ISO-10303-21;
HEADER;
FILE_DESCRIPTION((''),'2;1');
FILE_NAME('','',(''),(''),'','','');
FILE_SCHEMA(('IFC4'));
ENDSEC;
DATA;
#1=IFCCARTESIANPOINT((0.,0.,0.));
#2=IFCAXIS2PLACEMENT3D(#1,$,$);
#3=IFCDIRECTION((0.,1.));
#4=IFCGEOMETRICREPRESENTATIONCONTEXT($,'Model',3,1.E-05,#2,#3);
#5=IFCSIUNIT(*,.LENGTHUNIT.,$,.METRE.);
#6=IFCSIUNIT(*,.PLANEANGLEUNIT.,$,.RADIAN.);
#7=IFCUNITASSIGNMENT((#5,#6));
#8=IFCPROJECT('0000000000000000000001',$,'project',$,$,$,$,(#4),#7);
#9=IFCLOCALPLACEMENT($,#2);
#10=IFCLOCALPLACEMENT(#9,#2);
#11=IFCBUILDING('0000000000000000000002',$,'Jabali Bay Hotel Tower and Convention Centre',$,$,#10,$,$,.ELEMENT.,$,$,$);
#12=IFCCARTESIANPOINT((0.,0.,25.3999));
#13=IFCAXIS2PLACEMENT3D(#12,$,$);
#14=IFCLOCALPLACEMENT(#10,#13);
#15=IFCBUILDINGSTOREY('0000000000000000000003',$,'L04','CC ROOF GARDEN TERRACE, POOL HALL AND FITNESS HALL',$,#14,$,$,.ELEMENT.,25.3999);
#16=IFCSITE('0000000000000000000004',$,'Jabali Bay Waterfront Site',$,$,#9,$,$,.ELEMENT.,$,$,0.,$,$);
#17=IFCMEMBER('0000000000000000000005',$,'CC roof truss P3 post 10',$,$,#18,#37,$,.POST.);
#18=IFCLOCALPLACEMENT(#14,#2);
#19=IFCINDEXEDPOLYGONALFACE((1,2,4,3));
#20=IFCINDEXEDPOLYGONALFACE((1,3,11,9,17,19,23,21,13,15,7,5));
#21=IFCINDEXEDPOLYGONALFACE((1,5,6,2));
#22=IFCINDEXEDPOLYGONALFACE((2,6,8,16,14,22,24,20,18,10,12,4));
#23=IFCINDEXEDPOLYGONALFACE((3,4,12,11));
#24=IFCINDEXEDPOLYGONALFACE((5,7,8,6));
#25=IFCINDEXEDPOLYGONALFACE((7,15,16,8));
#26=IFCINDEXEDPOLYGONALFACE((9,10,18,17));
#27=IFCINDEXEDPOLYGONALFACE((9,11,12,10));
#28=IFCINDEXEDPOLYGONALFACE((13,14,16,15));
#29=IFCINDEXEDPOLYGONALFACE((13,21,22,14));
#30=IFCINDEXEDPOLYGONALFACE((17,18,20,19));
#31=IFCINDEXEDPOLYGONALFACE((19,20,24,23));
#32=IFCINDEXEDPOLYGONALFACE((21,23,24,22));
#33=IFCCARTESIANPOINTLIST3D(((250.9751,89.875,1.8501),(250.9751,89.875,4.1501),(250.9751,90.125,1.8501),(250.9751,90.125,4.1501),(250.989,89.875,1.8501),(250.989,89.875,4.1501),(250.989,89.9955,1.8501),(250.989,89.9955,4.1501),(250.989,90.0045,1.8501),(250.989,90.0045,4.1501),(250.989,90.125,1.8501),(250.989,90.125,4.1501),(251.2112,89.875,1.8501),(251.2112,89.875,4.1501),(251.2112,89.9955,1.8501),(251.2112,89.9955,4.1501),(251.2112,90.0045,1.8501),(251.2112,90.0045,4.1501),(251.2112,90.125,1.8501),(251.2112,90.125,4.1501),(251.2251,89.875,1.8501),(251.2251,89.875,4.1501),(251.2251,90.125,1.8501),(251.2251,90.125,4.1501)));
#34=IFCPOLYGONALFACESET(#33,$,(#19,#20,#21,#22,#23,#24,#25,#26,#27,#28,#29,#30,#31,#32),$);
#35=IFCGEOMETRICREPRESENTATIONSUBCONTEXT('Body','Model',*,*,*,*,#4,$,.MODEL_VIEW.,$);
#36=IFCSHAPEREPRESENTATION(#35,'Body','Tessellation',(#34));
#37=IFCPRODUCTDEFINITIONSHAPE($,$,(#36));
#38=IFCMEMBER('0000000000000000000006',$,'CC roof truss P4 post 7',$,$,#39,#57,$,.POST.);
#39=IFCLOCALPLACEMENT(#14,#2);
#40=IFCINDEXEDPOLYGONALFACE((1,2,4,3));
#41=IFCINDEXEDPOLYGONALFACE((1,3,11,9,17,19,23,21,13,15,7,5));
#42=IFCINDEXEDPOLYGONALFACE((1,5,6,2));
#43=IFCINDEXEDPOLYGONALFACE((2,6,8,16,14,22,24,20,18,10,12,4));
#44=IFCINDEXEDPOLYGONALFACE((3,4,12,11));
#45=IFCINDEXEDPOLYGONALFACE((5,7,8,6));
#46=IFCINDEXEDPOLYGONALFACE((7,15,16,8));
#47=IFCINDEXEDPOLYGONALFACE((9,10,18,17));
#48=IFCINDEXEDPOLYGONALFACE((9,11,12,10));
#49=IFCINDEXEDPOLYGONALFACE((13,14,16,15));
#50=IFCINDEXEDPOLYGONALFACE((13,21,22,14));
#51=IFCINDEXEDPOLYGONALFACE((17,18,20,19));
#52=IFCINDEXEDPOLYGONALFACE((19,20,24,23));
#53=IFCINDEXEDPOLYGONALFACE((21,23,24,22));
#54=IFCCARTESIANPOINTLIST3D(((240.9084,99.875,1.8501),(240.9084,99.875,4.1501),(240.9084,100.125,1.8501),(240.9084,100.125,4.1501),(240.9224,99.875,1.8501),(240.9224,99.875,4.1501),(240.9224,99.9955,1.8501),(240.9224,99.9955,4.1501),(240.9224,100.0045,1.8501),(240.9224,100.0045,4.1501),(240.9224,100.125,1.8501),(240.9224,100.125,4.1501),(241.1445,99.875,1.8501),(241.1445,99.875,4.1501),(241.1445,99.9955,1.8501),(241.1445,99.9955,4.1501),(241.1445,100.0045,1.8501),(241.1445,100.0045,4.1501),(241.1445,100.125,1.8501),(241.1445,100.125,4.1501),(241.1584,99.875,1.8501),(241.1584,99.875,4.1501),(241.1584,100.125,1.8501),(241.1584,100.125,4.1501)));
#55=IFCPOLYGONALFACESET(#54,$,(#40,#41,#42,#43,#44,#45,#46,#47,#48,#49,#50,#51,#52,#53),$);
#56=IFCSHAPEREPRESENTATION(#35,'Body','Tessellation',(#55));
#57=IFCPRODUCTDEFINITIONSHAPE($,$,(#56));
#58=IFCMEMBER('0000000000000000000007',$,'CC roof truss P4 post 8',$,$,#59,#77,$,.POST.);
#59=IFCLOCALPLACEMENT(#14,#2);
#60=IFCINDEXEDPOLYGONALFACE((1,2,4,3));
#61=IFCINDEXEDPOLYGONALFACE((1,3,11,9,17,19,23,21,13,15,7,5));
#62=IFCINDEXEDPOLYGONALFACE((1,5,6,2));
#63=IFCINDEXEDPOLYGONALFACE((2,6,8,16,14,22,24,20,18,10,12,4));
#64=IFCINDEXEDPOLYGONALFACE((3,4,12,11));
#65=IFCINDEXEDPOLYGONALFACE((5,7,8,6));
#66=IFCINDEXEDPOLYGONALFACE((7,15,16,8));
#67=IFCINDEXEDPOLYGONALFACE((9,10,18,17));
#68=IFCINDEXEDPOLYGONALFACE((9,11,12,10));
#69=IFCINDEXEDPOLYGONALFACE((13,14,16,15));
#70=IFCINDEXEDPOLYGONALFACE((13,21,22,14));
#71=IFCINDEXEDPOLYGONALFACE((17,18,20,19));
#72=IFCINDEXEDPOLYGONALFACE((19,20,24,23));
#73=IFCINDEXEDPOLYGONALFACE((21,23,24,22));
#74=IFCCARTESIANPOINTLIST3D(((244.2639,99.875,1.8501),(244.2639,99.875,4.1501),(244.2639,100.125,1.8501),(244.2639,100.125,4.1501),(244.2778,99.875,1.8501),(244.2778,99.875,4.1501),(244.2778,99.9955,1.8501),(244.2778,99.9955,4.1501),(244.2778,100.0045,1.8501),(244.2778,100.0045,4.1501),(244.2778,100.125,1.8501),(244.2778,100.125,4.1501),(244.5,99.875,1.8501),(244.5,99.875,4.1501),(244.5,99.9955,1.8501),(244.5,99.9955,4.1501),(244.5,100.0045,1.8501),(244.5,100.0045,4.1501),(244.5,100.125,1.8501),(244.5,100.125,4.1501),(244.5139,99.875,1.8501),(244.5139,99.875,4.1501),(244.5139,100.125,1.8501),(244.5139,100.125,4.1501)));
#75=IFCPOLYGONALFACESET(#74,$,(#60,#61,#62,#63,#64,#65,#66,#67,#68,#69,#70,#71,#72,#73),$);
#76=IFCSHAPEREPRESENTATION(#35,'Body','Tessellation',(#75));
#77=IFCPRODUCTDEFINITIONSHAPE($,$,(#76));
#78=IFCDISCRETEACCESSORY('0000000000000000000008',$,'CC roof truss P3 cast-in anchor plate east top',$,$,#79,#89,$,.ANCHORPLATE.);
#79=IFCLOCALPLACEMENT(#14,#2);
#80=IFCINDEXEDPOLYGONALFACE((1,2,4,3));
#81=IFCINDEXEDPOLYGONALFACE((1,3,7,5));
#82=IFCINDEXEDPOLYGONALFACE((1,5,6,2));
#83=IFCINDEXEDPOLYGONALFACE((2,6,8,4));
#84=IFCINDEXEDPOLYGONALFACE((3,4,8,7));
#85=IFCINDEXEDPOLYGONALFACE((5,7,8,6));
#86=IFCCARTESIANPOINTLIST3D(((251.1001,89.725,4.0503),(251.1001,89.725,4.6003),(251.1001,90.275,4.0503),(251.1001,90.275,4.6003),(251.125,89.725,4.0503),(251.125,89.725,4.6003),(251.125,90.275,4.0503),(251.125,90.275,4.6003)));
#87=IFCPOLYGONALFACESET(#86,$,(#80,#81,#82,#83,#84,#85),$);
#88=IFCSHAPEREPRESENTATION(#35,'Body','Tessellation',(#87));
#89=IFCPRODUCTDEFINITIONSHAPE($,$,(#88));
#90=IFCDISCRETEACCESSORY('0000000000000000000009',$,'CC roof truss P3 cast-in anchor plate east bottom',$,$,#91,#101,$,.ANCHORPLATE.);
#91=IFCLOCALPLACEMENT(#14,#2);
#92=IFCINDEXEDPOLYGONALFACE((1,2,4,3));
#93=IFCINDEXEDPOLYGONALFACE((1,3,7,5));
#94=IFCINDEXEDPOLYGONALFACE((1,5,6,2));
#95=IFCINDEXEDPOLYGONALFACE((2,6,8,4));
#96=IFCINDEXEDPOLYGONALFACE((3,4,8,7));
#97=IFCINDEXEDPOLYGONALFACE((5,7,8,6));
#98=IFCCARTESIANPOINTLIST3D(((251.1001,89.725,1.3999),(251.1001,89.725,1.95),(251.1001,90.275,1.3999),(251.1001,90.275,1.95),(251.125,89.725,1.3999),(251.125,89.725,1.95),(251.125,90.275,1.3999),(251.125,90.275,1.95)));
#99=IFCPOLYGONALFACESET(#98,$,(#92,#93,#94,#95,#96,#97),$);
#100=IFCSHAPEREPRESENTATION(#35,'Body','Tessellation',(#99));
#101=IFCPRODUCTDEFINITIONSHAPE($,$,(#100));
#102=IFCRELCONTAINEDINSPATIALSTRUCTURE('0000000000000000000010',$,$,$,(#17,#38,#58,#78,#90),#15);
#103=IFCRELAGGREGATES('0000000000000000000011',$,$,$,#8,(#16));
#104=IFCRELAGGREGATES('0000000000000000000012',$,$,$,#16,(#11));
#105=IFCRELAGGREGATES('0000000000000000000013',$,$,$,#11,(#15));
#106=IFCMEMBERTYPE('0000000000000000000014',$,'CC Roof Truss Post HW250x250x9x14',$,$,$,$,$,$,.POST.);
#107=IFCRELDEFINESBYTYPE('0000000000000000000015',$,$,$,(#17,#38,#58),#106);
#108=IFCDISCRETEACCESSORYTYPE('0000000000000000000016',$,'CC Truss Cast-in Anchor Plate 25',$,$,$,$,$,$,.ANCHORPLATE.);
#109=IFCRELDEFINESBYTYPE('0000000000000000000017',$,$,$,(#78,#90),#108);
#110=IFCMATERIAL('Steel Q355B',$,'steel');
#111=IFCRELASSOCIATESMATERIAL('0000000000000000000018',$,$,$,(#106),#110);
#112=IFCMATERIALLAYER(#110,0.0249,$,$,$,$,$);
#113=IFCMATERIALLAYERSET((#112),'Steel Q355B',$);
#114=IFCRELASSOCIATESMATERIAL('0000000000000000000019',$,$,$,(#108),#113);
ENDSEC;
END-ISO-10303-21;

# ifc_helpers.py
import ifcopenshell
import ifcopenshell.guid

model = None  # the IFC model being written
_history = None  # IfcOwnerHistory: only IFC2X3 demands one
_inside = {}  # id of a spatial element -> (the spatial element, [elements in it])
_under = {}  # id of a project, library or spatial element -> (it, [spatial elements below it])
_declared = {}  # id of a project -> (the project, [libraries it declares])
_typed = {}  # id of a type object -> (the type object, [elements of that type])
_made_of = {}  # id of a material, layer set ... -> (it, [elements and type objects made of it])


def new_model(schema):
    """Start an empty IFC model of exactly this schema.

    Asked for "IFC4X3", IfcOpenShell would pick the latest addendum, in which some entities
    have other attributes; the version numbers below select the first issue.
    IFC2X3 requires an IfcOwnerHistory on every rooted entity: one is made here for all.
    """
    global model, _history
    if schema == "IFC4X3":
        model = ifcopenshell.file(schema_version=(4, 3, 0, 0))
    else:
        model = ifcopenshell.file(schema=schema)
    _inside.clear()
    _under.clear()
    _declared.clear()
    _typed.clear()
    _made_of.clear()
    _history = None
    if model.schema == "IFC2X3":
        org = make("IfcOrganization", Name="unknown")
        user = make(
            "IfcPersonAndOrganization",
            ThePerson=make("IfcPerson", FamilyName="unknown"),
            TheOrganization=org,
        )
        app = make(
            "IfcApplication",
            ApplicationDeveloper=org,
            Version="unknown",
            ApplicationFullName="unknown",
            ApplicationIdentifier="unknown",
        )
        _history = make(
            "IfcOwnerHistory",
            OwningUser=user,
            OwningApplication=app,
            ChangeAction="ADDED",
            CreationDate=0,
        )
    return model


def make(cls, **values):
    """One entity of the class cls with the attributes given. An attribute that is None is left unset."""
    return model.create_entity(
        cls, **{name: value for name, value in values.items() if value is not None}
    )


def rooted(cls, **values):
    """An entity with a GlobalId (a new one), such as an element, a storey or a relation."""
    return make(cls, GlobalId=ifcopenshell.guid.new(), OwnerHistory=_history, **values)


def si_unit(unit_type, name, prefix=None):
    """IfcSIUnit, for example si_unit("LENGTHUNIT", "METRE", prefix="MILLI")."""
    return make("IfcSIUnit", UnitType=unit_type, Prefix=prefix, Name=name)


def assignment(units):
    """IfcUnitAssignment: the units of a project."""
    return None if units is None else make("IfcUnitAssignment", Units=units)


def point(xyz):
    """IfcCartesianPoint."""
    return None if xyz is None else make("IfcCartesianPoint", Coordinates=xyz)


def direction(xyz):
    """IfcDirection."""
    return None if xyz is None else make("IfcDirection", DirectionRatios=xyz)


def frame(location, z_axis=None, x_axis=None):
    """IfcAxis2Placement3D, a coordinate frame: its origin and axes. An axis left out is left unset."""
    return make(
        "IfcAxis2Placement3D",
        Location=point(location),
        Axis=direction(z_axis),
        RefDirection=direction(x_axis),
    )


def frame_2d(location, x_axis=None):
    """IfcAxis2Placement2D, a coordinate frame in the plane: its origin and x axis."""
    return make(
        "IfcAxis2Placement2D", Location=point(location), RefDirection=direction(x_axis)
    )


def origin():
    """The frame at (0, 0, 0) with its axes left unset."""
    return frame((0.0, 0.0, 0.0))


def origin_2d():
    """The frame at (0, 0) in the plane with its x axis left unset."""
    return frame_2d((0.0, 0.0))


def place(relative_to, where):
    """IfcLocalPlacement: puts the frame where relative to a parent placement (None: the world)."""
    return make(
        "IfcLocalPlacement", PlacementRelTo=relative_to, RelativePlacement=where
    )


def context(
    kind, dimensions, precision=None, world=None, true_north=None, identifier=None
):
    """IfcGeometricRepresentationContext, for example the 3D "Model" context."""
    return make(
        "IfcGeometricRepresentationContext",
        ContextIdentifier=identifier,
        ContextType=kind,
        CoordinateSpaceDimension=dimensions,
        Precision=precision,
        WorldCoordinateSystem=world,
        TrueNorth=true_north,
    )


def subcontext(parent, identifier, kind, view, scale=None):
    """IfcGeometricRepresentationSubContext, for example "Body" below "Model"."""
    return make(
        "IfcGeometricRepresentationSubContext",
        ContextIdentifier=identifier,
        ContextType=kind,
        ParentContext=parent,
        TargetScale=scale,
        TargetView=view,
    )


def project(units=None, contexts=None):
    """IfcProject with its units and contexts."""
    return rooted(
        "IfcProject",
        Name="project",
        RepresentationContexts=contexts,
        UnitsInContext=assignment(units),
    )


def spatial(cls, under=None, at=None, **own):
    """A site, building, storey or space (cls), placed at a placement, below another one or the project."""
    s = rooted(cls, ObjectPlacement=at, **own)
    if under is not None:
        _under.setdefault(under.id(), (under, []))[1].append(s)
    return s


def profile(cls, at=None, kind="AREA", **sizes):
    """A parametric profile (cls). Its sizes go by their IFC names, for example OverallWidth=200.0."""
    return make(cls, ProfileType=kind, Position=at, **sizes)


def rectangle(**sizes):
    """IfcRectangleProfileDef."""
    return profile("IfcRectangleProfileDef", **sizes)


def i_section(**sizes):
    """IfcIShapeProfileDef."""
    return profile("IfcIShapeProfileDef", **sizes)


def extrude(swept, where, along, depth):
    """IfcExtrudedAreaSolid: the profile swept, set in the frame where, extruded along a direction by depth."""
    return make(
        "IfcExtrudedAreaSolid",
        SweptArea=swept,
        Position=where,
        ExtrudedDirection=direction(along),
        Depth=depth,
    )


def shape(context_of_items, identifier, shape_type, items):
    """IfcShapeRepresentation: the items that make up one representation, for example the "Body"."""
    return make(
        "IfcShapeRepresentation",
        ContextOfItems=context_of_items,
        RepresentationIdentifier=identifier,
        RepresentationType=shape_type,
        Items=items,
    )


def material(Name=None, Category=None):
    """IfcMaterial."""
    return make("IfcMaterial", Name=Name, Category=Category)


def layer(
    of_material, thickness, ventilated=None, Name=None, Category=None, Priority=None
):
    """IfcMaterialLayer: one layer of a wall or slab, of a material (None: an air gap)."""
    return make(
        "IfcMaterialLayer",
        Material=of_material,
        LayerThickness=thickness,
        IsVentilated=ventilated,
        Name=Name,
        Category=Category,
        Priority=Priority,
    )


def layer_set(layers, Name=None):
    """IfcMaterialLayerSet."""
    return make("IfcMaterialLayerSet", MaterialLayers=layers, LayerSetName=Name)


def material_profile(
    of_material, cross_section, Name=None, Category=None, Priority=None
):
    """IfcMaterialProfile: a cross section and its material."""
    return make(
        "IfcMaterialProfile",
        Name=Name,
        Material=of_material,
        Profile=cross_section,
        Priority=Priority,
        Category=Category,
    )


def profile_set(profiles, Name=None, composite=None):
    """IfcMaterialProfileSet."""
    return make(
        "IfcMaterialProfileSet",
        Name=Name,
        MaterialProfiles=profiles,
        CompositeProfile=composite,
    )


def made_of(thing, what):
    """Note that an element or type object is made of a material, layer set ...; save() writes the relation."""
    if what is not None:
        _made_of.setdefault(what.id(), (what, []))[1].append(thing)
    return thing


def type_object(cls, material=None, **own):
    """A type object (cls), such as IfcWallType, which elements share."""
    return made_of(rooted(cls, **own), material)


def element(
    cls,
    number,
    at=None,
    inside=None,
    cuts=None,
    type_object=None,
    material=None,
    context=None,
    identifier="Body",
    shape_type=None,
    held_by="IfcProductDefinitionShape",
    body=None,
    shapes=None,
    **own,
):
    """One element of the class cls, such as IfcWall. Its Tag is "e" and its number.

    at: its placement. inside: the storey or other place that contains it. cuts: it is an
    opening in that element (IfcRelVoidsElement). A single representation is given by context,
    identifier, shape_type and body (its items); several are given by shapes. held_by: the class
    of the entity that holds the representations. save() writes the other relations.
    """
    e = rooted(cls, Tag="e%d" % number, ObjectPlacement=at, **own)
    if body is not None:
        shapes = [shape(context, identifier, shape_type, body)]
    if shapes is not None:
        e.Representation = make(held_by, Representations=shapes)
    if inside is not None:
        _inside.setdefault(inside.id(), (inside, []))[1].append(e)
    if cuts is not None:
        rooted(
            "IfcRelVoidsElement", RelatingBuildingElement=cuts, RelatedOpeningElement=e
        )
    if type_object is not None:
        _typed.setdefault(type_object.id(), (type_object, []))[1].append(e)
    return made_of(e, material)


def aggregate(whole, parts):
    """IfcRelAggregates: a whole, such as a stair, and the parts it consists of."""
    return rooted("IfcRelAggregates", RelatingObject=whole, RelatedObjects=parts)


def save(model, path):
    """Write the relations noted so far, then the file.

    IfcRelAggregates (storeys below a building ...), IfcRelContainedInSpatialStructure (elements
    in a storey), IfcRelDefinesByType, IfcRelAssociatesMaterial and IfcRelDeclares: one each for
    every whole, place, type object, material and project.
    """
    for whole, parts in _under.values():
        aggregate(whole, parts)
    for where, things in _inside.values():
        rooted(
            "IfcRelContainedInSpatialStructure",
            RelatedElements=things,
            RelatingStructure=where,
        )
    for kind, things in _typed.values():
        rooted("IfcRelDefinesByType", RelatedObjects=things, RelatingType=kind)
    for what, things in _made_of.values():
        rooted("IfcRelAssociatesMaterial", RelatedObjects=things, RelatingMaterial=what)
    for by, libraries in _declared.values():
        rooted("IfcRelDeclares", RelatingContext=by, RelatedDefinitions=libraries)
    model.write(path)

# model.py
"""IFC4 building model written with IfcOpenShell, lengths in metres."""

from ifc_helpers import new_model, si_unit, direction, frame, origin, origin_2d, place, context, subcontext, project, spatial, rectangle, i_section, extrude, material, layer, layer_set, material_profile, profile_set, type_object, element, save


model = new_model("IFC4")

# Units and contexts
model_context = context("Model", 3, precision=1e-05, world=origin(), true_north=direction((0.0, 1.0)))
body_context = subcontext(model_context, "Body", "Model", "MODEL_VIEW")
ifc_project = project(units=[si_unit("LENGTHUNIT", "METRE"), si_unit("PLANEANGLEUNIT", "RADIAN")], contexts=[model_context])

# Site, building, storey
site_placement = place(None, origin())
site = spatial("IfcSite", under=ifc_project, at=site_placement, Name="Jabali Bay Waterfront Site", CompositionType="ELEMENT", RefElevation=0.0)
building_placement = place(site_placement, origin())
building = spatial("IfcBuilding", under=site, at=building_placement, Name="Jabali Bay Hotel Tower and Convention Centre", CompositionType="ELEMENT")
storey_placement = place(building_placement, frame((0.0, 0.0, 25.3999)))
storey = spatial("IfcBuildingStorey", under=building, at=storey_placement, Name="L04", Description="CC ROOF GARDEN TERRACE, POOL HALL AND FITNESS HALL", CompositionType="ELEMENT", Elevation=25.3999)

# Members
ifc_material = material(Name="Steel Q355B", Category="steel")
ifc_material_profile_1 = material_profile(ifc_material, i_section(OverallWidth=0.25, OverallDepth=0.25, WebThickness=0.009, FlangeThickness=0.0139, at=origin_2d()), Name="HW250x250x9x14")
ifc_profile_set_1 = profile_set([ifc_material_profile_1], Name="Steel Q355B")
member_type_1 = type_object("IfcMemberType", Name="CC Roof Truss Post HW250x250x9x14", PredefinedType="POST", material=ifc_profile_set_1)
for number, where, z_axis, x_axis, name in (
    (1, (251.1001, 90.0, 1.8501), (0.0, 0.0, 1.0), (0.0, 1.0, 0.0), "CC roof truss P3 post 10"),
    (2, (241.0334, 100.0, 1.8501), (0.0, 0.0, 1.0), (0.0, 1.0, 0.0), "CC roof truss P4 post 7"),
    (3, (244.3889, 100.0, 1.8501), (0.0, 0.0, 1.0), (0.0, 1.0, 0.0), "CC roof truss P4 post 8"),
):
    element("IfcMember", number, at=place(storey_placement, frame(where, z_axis=z_axis, x_axis=x_axis)), inside=storey, type_object=member_type_1, Name=name, PredefinedType="POST", context=body_context, shape_type="SweptSolid", body=[
        extrude(i_section(OverallWidth=0.25, OverallDepth=0.25, WebThickness=0.009, FlangeThickness=0.0139, at=origin_2d()), origin(), (0.0, 0.0, 1.0), 2.3),
    ])

# Discrete accessories
ifc_layer = layer(ifc_material, 0.0249)
ifc_layer_set = layer_set([ifc_layer], Name="Steel Q355B")
discrete_accessory_type = type_object("IfcDiscreteAccessoryType", Name="CC Truss Cast-in Anchor Plate 25", PredefinedType="ANCHORPLATE", material=ifc_layer_set)
for number, where, z_axis, x_axis, name in (
    (4, (251.1125, 90.0, 4.0503), (0.0, 0.0, 1.0), (1.0, 0.0, 0.0), "CC roof truss P3 cast-in anchor plate east top"),
    (5, (251.1125, 90.0, 1.3999), (0.0, 0.0, 1.0), (1.0, 0.0, 0.0), "CC roof truss P3 cast-in anchor plate east bottom"),
):
    element("IfcDiscreteAccessory", number, at=place(storey_placement, frame(where, z_axis=z_axis, x_axis=x_axis)), inside=storey, type_object=discrete_accessory_type, Name=name, PredefinedType="ANCHORPLATE", context=body_context, shape_type="SweptSolid", body=[
        extrude(rectangle(XDim=0.0249, YDim=0.55, at=origin_2d()), origin(), (0.0, 0.0, 1.0), 0.55),
    ])

save(model, "model.ifc")
